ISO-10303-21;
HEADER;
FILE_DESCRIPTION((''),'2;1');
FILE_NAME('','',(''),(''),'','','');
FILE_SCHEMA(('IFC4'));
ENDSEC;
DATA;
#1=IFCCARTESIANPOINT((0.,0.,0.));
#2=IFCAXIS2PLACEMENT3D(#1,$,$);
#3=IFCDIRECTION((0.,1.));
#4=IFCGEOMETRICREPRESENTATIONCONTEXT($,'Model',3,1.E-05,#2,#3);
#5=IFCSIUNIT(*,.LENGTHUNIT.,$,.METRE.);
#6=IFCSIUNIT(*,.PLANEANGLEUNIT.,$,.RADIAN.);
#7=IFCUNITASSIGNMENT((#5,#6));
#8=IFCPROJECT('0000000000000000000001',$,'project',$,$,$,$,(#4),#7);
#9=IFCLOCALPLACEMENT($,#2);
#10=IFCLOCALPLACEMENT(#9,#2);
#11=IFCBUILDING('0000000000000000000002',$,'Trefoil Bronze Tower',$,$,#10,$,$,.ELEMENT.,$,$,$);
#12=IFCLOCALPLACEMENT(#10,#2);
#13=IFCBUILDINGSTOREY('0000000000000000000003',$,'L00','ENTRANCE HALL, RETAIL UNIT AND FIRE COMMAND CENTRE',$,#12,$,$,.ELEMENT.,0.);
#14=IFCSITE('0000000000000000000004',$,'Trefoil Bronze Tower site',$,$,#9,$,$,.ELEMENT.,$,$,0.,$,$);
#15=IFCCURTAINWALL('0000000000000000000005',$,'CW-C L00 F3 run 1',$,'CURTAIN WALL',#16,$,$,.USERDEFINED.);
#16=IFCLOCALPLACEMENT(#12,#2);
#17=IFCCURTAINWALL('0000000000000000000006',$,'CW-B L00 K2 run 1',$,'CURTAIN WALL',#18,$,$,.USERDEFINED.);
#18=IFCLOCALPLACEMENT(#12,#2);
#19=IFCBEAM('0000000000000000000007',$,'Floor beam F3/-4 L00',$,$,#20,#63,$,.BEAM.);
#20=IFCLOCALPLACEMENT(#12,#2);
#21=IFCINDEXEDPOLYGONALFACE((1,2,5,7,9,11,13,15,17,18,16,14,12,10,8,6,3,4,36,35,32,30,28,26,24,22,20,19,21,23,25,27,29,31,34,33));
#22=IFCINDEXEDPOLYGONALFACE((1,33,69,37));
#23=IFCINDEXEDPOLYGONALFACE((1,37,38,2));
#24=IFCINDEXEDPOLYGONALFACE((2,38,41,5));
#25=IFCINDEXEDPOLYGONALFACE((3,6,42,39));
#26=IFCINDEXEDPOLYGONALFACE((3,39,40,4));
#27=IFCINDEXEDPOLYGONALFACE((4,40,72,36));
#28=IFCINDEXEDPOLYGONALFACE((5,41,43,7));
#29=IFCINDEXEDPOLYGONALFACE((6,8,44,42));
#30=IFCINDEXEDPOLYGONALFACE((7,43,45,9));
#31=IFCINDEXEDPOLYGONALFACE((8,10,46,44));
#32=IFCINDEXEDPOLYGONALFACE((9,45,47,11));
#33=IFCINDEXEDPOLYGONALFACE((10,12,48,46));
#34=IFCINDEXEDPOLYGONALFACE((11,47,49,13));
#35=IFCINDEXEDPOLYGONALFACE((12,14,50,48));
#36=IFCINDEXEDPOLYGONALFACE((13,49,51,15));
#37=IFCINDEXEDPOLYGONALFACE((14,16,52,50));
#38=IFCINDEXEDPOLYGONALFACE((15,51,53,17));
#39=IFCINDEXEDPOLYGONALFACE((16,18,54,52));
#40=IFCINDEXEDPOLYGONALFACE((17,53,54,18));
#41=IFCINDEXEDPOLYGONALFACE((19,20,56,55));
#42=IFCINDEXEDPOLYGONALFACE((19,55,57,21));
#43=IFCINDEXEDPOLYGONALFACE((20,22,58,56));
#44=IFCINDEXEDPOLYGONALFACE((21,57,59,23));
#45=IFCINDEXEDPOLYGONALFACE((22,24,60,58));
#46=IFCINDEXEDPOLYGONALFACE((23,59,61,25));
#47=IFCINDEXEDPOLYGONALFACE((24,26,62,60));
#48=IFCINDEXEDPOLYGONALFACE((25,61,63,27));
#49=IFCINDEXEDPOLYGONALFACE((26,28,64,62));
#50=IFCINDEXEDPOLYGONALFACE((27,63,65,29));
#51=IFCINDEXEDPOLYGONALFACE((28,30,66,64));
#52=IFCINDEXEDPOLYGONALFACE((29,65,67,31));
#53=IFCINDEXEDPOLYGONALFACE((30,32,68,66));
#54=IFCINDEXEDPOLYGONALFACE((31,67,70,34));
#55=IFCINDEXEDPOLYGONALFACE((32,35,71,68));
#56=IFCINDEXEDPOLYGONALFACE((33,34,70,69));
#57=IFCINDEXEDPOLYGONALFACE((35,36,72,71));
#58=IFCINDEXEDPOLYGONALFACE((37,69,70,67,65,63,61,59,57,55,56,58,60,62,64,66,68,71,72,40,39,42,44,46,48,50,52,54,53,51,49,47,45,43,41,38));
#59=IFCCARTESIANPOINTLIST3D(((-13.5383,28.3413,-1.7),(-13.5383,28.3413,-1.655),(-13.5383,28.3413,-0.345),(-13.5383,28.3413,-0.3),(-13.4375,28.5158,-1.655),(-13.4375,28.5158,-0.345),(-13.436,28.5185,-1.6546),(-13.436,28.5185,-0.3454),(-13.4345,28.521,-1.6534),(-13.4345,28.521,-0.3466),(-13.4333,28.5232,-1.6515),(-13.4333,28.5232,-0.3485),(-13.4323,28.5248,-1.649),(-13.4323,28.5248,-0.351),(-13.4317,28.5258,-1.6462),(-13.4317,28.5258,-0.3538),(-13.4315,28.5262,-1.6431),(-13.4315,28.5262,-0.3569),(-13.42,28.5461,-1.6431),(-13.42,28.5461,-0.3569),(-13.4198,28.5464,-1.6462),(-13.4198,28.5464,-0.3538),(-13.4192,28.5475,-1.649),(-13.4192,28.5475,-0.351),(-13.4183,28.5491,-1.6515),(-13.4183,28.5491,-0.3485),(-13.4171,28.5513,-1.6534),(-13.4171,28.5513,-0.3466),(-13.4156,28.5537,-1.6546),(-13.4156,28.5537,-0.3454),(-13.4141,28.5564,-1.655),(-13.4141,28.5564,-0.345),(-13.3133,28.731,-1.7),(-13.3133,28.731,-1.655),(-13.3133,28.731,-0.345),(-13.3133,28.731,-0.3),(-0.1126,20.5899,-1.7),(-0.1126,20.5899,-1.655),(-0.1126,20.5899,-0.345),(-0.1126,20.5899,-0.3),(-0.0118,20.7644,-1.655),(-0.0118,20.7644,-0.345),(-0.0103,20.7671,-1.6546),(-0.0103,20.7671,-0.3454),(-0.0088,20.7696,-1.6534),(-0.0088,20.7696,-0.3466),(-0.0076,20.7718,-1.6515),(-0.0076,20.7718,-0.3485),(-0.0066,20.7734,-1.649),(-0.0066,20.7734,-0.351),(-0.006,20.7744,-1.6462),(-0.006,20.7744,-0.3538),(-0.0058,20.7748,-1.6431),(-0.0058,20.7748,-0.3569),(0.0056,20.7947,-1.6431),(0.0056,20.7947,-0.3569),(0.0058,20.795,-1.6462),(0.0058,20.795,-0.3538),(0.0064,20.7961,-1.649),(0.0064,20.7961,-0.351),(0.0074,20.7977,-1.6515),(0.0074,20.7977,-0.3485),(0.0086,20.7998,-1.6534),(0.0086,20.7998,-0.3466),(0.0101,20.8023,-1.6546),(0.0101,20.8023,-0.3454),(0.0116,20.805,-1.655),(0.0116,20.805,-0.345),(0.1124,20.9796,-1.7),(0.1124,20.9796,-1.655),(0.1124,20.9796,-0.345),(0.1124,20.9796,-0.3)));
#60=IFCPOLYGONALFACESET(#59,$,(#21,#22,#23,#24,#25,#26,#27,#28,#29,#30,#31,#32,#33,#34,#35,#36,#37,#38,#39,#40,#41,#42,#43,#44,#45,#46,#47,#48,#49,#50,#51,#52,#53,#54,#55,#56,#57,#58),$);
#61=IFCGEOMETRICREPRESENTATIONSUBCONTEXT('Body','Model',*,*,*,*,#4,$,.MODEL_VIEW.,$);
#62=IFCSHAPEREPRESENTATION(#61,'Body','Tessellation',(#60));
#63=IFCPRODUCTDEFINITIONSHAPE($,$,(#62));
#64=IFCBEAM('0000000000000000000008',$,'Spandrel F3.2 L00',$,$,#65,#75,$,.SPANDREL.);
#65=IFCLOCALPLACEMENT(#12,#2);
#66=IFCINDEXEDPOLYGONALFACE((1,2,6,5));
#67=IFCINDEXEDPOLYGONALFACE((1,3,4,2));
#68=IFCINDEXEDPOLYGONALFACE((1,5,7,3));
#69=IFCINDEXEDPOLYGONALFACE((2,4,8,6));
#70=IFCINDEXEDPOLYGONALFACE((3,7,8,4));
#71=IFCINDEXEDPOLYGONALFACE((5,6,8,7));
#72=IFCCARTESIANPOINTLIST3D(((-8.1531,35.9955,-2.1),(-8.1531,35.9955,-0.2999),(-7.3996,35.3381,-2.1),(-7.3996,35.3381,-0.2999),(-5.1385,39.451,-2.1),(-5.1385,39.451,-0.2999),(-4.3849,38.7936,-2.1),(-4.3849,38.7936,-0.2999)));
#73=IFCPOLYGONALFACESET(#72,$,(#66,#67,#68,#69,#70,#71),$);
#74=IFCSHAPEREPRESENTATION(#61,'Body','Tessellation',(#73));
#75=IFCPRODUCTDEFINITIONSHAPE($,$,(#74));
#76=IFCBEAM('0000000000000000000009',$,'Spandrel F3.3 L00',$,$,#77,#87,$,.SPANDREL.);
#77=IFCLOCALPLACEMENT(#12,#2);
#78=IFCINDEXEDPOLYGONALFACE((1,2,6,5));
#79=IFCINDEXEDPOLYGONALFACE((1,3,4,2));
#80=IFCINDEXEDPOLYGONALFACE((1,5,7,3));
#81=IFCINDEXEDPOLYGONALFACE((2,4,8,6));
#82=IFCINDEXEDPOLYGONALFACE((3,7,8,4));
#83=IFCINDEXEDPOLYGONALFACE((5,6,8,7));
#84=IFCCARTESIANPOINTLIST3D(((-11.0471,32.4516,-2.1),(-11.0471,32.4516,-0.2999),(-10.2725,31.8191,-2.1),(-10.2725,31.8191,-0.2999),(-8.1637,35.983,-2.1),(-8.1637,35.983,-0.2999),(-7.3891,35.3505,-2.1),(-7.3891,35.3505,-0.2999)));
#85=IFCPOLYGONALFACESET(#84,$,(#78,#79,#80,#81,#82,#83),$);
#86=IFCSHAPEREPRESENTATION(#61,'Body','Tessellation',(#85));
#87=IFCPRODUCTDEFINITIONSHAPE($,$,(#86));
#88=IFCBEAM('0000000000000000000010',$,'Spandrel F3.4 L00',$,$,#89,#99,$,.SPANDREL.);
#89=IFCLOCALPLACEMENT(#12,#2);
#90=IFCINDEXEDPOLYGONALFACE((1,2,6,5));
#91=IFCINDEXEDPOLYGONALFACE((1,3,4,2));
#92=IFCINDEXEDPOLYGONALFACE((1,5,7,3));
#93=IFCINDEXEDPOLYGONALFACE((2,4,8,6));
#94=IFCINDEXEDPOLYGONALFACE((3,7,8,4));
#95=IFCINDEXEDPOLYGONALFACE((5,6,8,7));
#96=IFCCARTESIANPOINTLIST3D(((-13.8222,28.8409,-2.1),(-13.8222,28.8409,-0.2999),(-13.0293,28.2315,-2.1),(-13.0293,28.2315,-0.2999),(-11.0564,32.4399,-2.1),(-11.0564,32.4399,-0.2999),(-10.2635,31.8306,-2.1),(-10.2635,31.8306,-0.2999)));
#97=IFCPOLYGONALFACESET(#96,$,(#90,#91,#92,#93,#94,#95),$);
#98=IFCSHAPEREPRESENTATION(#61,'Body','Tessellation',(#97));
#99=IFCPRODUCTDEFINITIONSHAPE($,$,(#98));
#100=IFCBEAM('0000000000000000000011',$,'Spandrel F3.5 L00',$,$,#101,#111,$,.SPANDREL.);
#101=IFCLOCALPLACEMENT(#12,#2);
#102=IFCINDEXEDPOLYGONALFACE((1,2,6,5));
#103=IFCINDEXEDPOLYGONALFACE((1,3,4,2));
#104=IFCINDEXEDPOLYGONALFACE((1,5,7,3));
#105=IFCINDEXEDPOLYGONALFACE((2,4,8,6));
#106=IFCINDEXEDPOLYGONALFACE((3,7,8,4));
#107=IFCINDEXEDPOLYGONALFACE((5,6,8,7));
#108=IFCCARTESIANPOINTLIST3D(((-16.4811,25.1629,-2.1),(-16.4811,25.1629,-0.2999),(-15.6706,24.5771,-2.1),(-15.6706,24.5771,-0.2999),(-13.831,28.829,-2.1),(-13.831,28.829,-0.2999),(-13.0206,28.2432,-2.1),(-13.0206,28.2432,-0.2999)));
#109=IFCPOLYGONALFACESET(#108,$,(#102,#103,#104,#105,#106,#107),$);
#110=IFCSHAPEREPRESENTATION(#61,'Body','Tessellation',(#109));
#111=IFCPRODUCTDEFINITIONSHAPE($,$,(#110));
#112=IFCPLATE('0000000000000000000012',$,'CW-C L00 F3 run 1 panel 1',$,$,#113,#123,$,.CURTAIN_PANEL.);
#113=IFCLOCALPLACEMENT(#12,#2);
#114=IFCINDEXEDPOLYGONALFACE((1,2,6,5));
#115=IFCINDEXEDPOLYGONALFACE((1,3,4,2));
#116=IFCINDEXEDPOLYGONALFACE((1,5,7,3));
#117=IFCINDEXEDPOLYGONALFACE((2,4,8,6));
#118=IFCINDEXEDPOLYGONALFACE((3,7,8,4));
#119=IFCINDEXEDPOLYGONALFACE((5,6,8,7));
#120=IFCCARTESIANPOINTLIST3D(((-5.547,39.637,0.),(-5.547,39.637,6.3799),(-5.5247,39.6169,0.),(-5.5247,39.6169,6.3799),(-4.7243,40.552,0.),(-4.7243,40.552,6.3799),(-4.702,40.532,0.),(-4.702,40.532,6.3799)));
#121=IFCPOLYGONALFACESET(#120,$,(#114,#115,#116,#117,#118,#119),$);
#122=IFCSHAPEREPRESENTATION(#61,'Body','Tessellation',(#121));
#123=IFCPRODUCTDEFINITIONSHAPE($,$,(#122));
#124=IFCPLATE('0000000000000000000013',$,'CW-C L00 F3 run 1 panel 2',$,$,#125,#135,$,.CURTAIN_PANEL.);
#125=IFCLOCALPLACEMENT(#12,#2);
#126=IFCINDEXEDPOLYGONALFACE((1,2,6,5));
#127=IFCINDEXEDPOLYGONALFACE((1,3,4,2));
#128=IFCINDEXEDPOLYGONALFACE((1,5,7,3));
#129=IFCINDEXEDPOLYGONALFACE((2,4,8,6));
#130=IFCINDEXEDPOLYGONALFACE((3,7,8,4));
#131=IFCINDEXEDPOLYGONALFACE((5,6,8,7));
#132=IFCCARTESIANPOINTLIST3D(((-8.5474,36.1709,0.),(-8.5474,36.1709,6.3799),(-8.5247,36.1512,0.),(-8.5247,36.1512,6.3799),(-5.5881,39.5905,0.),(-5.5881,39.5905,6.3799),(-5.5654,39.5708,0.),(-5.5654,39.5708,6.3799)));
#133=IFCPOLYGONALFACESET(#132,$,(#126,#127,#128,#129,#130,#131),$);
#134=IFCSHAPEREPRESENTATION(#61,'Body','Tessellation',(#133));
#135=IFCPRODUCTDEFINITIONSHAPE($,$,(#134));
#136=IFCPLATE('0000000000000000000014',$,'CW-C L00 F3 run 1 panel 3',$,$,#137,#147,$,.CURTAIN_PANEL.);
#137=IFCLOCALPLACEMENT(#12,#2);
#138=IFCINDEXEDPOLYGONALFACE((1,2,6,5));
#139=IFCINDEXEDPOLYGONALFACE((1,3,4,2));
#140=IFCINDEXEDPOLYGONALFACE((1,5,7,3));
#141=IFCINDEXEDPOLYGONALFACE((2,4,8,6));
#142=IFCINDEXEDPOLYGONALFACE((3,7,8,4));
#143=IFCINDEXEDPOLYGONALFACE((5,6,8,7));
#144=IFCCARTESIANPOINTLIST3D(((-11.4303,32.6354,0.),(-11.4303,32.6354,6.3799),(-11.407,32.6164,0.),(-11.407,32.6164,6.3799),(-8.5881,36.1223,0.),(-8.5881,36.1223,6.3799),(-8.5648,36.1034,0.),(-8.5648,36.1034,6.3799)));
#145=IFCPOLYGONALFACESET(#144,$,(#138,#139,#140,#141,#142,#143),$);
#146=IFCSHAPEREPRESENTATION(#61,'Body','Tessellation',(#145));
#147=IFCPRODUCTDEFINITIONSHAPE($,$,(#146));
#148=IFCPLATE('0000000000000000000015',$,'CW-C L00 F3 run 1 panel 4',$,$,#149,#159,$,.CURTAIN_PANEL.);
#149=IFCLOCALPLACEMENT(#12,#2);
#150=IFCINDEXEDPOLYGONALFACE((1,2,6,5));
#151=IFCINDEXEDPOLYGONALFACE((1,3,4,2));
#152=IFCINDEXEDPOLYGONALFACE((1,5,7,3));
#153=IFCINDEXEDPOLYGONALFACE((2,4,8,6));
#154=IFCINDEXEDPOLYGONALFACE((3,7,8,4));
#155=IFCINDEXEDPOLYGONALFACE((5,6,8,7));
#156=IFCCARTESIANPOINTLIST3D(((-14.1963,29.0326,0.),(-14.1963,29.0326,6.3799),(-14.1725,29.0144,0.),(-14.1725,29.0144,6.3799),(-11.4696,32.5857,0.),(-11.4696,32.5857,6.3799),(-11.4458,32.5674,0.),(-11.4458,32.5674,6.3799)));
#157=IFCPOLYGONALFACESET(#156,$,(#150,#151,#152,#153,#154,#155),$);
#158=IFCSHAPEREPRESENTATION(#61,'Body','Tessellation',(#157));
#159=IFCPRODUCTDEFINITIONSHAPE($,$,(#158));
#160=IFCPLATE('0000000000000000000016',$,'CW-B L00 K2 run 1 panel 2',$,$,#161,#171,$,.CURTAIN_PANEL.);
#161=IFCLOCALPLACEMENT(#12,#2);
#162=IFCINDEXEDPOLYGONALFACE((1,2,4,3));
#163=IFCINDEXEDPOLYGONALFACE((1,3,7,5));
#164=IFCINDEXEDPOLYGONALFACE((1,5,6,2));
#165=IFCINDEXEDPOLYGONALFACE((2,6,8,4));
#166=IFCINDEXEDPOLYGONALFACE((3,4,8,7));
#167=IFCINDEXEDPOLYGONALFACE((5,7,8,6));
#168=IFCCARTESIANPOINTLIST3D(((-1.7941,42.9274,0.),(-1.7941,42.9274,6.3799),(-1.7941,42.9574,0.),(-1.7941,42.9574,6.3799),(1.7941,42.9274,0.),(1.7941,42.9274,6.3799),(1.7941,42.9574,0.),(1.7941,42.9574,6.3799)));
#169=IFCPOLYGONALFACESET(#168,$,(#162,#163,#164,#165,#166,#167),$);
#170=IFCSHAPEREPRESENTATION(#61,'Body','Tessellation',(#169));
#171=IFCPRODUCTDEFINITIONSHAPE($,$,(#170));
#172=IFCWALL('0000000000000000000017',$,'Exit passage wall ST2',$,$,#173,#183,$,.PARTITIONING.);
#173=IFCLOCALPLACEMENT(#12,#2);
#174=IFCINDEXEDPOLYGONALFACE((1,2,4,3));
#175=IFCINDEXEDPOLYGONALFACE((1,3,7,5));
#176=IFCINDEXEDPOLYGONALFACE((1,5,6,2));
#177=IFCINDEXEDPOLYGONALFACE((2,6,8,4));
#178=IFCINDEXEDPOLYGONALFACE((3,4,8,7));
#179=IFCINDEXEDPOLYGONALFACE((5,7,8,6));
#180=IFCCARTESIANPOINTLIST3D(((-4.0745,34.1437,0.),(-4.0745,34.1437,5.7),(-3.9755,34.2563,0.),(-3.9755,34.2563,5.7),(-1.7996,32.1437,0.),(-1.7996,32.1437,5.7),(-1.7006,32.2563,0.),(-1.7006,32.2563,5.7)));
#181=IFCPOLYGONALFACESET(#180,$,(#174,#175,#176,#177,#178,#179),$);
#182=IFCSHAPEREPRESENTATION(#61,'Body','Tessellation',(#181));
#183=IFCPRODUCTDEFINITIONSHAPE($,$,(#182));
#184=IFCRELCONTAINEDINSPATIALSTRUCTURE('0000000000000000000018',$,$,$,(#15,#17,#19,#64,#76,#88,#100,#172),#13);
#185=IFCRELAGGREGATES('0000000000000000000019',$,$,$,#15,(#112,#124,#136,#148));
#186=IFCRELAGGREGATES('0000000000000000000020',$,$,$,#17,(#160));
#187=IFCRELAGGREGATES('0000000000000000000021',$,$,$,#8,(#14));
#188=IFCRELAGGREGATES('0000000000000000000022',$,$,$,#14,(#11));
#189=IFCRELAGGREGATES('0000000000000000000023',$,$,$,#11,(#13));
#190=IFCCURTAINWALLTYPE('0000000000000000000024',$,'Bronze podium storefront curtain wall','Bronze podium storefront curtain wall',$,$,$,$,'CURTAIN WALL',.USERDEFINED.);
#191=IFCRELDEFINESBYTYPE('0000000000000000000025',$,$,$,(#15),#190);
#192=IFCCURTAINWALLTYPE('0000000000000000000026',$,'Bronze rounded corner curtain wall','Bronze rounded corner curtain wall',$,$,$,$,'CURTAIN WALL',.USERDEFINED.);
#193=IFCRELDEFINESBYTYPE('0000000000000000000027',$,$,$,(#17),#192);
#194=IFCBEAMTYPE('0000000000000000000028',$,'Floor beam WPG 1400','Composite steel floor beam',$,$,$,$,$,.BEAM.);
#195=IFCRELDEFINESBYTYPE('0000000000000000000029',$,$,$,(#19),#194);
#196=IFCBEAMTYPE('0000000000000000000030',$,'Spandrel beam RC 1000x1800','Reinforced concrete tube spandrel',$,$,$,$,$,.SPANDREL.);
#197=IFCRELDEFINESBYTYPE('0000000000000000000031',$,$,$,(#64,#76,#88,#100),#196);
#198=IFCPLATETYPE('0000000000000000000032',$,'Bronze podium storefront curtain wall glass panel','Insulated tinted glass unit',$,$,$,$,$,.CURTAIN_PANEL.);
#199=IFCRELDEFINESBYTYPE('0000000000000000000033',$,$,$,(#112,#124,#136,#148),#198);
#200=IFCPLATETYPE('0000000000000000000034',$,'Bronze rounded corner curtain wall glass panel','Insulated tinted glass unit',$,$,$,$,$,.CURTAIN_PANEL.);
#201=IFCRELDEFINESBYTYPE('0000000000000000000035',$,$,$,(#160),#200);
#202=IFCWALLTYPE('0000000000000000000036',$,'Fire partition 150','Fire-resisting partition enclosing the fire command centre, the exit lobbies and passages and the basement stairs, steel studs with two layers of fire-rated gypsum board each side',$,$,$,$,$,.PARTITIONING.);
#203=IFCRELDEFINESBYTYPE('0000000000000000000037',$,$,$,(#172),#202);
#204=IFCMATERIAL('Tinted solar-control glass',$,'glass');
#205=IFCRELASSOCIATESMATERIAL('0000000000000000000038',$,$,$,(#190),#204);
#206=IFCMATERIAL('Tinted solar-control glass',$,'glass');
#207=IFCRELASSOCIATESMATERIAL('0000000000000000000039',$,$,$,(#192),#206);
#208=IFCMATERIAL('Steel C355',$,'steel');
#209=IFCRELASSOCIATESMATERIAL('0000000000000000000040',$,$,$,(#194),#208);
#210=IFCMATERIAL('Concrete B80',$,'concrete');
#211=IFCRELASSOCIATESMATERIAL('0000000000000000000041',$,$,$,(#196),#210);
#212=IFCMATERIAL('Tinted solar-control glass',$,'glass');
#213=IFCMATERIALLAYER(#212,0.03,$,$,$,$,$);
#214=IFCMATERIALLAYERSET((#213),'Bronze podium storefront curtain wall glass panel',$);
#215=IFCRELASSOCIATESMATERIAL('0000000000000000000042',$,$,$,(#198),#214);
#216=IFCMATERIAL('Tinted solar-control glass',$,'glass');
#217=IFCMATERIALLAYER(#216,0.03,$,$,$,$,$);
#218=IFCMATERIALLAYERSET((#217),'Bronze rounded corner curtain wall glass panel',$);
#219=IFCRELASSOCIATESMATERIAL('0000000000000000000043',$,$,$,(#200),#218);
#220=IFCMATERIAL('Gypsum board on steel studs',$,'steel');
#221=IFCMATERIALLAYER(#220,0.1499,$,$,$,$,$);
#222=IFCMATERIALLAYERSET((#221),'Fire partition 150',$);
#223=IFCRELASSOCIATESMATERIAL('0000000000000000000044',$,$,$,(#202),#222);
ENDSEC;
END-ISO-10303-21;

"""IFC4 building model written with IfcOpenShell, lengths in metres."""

from ifc_helpers import new_model, si_unit, direction, frame, frame_2d, origin, origin_2d, place, context, subcontext, project, spatial, rectangle, i_section, extrude, material, layer, layer_set, material_profile, profile_set, type_object, element, aggregate, save


model = new_model("IFC4")

# Units and contexts
model_context = context("Model", 3, precision=1e-05, world=origin(), true_north=direction((0.0, 1.0)))
body_context = subcontext(model_context, "Body", "Model", "MODEL_VIEW")
ifc_project = project(units=[si_unit("LENGTHUNIT", "METRE"), si_unit("PLANEANGLEUNIT", "RADIAN")], contexts=[model_context])

# Site, building, storey
site_placement = place(None, origin())
site = spatial("IfcSite", under=ifc_project, at=site_placement, Name="Trefoil Bronze Tower site", CompositionType="ELEMENT", RefElevation=0.0)
building_placement = place(site_placement, origin())
building = spatial("IfcBuilding", under=site, at=building_placement, Name="Trefoil Bronze Tower", CompositionType="ELEMENT")
storey_placement = place(building_placement, origin())
storey = spatial("IfcBuildingStorey", under=building, at=storey_placement, Name="L00", Description="ENTRANCE HALL, RETAIL UNIT AND FIRE COMMAND CENTRE", CompositionType="ELEMENT", Elevation=0.0)

# Curtain wall
ifc_material_1 = material(Name="Tinted solar-control glass", Category="glass")
curtain_wall_type_1 = type_object("IfcCurtainWallType", Name="Bronze podium storefront curtain wall", Description="Bronze podium storefront curtain wall", ElementType="CURTAIN WALL", PredefinedType="USERDEFINED", material=ifc_material_1)
curtain_wall_1_placement = place(storey_placement, origin())
curtain_wall_1 = element("IfcCurtainWall", 1, at=curtain_wall_1_placement, inside=storey, type_object=curtain_wall_type_1, Name="CW-C L00 F3 run 1", ObjectType="CURTAIN WALL", PredefinedType="USERDEFINED")

# Curtain wall
ifc_material_2 = material(Name="Tinted solar-control glass", Category="glass")
curtain_wall_type_2 = type_object("IfcCurtainWallType", Name="Bronze rounded corner curtain wall", Description="Bronze rounded corner curtain wall", ElementType="CURTAIN WALL", PredefinedType="USERDEFINED", material=ifc_material_2)
curtain_wall_2_placement = place(storey_placement, origin())
curtain_wall_2 = element("IfcCurtainWall", 2, at=curtain_wall_2_placement, inside=storey, type_object=curtain_wall_type_2, Name="CW-B L00 K2 run 1", ObjectType="CURTAIN WALL", PredefinedType="USERDEFINED")

# Beams
ifc_material_3 = material(Name="Steel C355", Category="steel")
ifc_material_profile_1 = material_profile(ifc_material_3, i_section(OverallWidth=0.45, OverallDepth=1.3999, WebThickness=0.0229, FlangeThickness=0.0449, FilletRadius=0.012, at=origin_2d()), Name="WPG 1400")
ifc_profile_set_1 = profile_set([ifc_material_profile_1], Name="Steel C355")
beam_type_1 = type_object("IfcBeamType", Name="Floor beam WPG 1400", Description="Composite steel floor beam", PredefinedType="BEAM", material=ifc_profile_set_1)
beam_1_placement = place(storey_placement, frame((-13.4258, 28.5361, -1.0), z_axis=(0.866023, -0.500004, 0.0), x_axis=(0.500004, 0.866023, 0.0)))
element("IfcBeam", 3, at=beam_1_placement, inside=storey, type_object=beam_type_1, Name="Floor beam F3/-4 L00", PredefinedType="BEAM", context=body_context, shape_type="SweptSolid", body=[
    extrude(i_section(OverallWidth=0.45, OverallDepth=1.3999, WebThickness=0.0229, FlangeThickness=0.0449, FilletRadius=0.012, at=origin_2d()), origin(), (0.0, 0.0, 1.0), 15.5027),
])
ifc_material_4 = material(Name="Concrete B80", Category="concrete")
ifc_material_profile_2 = material_profile(ifc_material_4, rectangle(XDim=1.0, YDim=1.8, at=origin_2d()), Name="RC 1000x1800")
ifc_profile_set_2 = profile_set([ifc_material_profile_2], Name="Concrete B80")
beam_type_2 = type_object("IfcBeamType", Name="Spandrel beam RC 1000x1800", Description="Reinforced concrete tube spandrel", PredefinedType="SPANDREL", material=ifc_profile_set_2)
beam_2_placement = place(storey_placement, frame((-4.7617, 39.1223, -1.2), z_axis=(-0.657396, -0.753545, 0.0), x_axis=(0.753545, -0.657396, 0.0)))
element("IfcBeam", 4, at=beam_2_placement, inside=storey, type_object=beam_type_2, Name="Spandrel F3.2 L00", PredefinedType="SPANDREL", context=body_context, shape_type="SweptSolid", body=[
    extrude(rectangle(XDim=1.0, YDim=1.8, at=origin_2d()), origin(), (0.0, 0.0, 1.0), 4.5857),
])
beam_3_placement = place(storey_placement, frame((-7.7764, 35.6667, -1.2), z_axis=(-0.632468, -0.774587, 0.0), x_axis=(0.774587, -0.632468, 0.0)))
element("IfcBeam", 5, at=beam_3_placement, inside=storey, type_object=beam_type_2, Name="Spandrel F3.3 L00", PredefinedType="SPANDREL", context=body_context, shape_type="SweptSolid", body=[
    extrude(rectangle(XDim=1.0, YDim=1.8, at=origin_2d()), origin(), (0.0, 0.0, 1.0), 4.5591),
])
beam_4_placement = place(storey_placement, frame((-10.6599, 32.1353, -1.2), z_axis=(-0.609339, -0.79291, 0.0), x_axis=(0.79291, -0.609339, 0.0)))
element("IfcBeam", 6, at=beam_4_placement, inside=storey, type_object=beam_type_2, Name="Spandrel F3.4 L00", PredefinedType="SPANDREL", context=body_context, shape_type="SweptSolid", body=[
    extrude(rectangle(XDim=1.0, YDim=1.8, at=origin_2d()), origin(), (0.0, 0.0, 1.0), 4.5391),
])
beam_5_placement = place(storey_placement, frame((-13.4258, 28.5361, -1.2), z_axis=(-0.585824, -0.810439, 0.0), x_axis=(0.810439, -0.585824, 0.0)))
element("IfcBeam", 7, at=beam_5_placement, inside=storey, type_object=beam_type_2, Name="Spandrel F3.5 L00", PredefinedType="SPANDREL", context=body_context, shape_type="SweptSolid", body=[
    extrude(rectangle(XDim=1.0, YDim=1.8, at=origin_2d()), origin(), (0.0, 0.0, 1.0), 4.5237),
])

# Plates
ifc_material_5 = material(Name="Tinted solar-control glass", Category="glass")
ifc_layer_1 = layer(ifc_material_5, 0.03)
ifc_layer_set_1 = layer_set([ifc_layer_1], Name="Bronze podium storefront curtain wall glass panel")
plate_type_1 = type_object("IfcPlateType", Name="Bronze podium storefront curtain wall glass panel", Description="Insulated tinted glass unit", PredefinedType="CURTAIN_PANEL", material=ifc_layer_set_1)
plate_1_placement = place(storey_placement, frame((-5.1245, 40.0845, 0.0), z_axis=(0.0, 0.0, 1.0), x_axis=(-0.668575, -0.743645, 0.0)))
plate_1 = element("IfcPlate", 8, at=plate_1_placement, type_object=plate_type_1, Name="CW-C L00 F3 run 1 panel 1", PredefinedType="CURTAIN_PANEL", context=body_context, shape_type="SweptSolid", body=[
    extrude(rectangle(XDim=1.2305, YDim=0.03, at=origin_2d()), origin(), (0.0, 0.0, 1.0), 6.3799),
])
plate_2_placement = place(storey_placement, frame((-7.0564, 37.8708, 0.0), z_axis=(0.0, 0.0, 1.0), x_axis=(-0.654376, -0.756169, 0.0)))
plate_2 = element("IfcPlate", 9, at=plate_2_placement, type_object=plate_type_1, Name="CW-C L00 F3 run 1 panel 2", PredefinedType="CURTAIN_PANEL", context=body_context, shape_type="SweptSolid", body=[
    extrude(rectangle(XDim=4.5222, YDim=0.03, at=origin_2d()), origin(), (0.0, 0.0, 1.0), 6.3799),
])
plate_3_placement = place(storey_placement, frame((-9.9976, 34.3694, 0.0), z_axis=(0.0, 0.0, 1.0), x_axis=(-0.631811, -0.775123, 0.0)))
plate_3 = element("IfcPlate", 10, at=plate_3_placement, type_object=plate_type_1, Name="CW-C L00 F3 run 1 panel 3", PredefinedType="CURTAIN_PANEL", context=body_context, shape_type="SweptSolid", body=[
    extrude(rectangle(XDim=4.4985, YDim=0.03, at=origin_2d()), origin(), (0.0, 0.0, 1.0), 6.3799),
])
plate_4_placement = place(storey_placement, frame((-12.821, 30.8, 0.0), z_axis=(0.0, 0.0, 1.0), x_axis=(-0.608808, -0.793318, 0.0)))
plate_4 = element("IfcPlate", 11, at=plate_4_placement, type_object=plate_type_1, Name="CW-C L00 F3 run 1 panel 4", PredefinedType="CURTAIN_PANEL", context=body_context, shape_type="SweptSolid", body=[
    extrude(rectangle(XDim=4.4788, YDim=0.03, at=origin_2d()), origin(), (0.0, 0.0, 1.0), 6.3799),
])
aggregate(curtain_wall_1, [plate_1, plate_2, plate_3, plate_4])
ifc_material_6 = material(Name="Tinted solar-control glass", Category="glass")
ifc_layer_2 = layer(ifc_material_6, 0.03)
ifc_layer_set_2 = layer_set([ifc_layer_2], Name="Bronze rounded corner curtain wall glass panel")
plate_type_2 = type_object("IfcPlateType", Name="Bronze rounded corner curtain wall glass panel", Description="Insulated tinted glass unit", PredefinedType="CURTAIN_PANEL", material=ifc_layer_set_2)
plate_5_placement = place(storey_placement, frame((0.0, 42.9424, 0.0), z_axis=(0.0, 0.0, 1.0), x_axis=(-1.0, 0.0, 0.0)))
plate_5 = element("IfcPlate", 12, at=plate_5_placement, type_object=plate_type_2, Name="CW-B L00 K2 run 1 panel 2", PredefinedType="CURTAIN_PANEL", context=body_context, shape_type="SweptSolid", body=[
    extrude(rectangle(XDim=3.5881, YDim=0.03, at=origin_2d()), origin(), (0.0, 0.0, 1.0), 6.3799),
])
aggregate(curtain_wall_2, [plate_5])

# Wall
ifc_material_7 = material(Name="Gypsum board on steel studs", Category="steel")
ifc_layer_3 = layer(ifc_material_7, 0.1499)
ifc_layer_set_3 = layer_set([ifc_layer_3], Name="Fire partition 150")
wall_type_1 = type_object("IfcWallType", Name="Fire partition 150", Description="Fire-resisting partition enclosing the fire command centre, the exit lobbies and passages and the basement stairs, steel studs with two layers of fire-rated gypsum board each side", PredefinedType="PARTITIONING", material=ifc_layer_set_3)
wall_1_placement = place(storey_placement, frame((-1.75, 32.2, 0.0), z_axis=(0.0, 0.0, 1.0), x_axis=(-0.751027, 0.660272, 0.0)))
element("IfcWall", 13, at=wall_1_placement, inside=storey, type_object=wall_type_1, Name="Exit passage wall ST2", PredefinedType="PARTITIONING", context=body_context, shape_type="SweptSolid", body=[
    extrude(rectangle(XDim=3.0291, YDim=0.1499, at=frame_2d((1.5146, 0.0))), origin(), (0.0, 0.0, 1.0), 5.7),
])

save(model, "model.ifc")
